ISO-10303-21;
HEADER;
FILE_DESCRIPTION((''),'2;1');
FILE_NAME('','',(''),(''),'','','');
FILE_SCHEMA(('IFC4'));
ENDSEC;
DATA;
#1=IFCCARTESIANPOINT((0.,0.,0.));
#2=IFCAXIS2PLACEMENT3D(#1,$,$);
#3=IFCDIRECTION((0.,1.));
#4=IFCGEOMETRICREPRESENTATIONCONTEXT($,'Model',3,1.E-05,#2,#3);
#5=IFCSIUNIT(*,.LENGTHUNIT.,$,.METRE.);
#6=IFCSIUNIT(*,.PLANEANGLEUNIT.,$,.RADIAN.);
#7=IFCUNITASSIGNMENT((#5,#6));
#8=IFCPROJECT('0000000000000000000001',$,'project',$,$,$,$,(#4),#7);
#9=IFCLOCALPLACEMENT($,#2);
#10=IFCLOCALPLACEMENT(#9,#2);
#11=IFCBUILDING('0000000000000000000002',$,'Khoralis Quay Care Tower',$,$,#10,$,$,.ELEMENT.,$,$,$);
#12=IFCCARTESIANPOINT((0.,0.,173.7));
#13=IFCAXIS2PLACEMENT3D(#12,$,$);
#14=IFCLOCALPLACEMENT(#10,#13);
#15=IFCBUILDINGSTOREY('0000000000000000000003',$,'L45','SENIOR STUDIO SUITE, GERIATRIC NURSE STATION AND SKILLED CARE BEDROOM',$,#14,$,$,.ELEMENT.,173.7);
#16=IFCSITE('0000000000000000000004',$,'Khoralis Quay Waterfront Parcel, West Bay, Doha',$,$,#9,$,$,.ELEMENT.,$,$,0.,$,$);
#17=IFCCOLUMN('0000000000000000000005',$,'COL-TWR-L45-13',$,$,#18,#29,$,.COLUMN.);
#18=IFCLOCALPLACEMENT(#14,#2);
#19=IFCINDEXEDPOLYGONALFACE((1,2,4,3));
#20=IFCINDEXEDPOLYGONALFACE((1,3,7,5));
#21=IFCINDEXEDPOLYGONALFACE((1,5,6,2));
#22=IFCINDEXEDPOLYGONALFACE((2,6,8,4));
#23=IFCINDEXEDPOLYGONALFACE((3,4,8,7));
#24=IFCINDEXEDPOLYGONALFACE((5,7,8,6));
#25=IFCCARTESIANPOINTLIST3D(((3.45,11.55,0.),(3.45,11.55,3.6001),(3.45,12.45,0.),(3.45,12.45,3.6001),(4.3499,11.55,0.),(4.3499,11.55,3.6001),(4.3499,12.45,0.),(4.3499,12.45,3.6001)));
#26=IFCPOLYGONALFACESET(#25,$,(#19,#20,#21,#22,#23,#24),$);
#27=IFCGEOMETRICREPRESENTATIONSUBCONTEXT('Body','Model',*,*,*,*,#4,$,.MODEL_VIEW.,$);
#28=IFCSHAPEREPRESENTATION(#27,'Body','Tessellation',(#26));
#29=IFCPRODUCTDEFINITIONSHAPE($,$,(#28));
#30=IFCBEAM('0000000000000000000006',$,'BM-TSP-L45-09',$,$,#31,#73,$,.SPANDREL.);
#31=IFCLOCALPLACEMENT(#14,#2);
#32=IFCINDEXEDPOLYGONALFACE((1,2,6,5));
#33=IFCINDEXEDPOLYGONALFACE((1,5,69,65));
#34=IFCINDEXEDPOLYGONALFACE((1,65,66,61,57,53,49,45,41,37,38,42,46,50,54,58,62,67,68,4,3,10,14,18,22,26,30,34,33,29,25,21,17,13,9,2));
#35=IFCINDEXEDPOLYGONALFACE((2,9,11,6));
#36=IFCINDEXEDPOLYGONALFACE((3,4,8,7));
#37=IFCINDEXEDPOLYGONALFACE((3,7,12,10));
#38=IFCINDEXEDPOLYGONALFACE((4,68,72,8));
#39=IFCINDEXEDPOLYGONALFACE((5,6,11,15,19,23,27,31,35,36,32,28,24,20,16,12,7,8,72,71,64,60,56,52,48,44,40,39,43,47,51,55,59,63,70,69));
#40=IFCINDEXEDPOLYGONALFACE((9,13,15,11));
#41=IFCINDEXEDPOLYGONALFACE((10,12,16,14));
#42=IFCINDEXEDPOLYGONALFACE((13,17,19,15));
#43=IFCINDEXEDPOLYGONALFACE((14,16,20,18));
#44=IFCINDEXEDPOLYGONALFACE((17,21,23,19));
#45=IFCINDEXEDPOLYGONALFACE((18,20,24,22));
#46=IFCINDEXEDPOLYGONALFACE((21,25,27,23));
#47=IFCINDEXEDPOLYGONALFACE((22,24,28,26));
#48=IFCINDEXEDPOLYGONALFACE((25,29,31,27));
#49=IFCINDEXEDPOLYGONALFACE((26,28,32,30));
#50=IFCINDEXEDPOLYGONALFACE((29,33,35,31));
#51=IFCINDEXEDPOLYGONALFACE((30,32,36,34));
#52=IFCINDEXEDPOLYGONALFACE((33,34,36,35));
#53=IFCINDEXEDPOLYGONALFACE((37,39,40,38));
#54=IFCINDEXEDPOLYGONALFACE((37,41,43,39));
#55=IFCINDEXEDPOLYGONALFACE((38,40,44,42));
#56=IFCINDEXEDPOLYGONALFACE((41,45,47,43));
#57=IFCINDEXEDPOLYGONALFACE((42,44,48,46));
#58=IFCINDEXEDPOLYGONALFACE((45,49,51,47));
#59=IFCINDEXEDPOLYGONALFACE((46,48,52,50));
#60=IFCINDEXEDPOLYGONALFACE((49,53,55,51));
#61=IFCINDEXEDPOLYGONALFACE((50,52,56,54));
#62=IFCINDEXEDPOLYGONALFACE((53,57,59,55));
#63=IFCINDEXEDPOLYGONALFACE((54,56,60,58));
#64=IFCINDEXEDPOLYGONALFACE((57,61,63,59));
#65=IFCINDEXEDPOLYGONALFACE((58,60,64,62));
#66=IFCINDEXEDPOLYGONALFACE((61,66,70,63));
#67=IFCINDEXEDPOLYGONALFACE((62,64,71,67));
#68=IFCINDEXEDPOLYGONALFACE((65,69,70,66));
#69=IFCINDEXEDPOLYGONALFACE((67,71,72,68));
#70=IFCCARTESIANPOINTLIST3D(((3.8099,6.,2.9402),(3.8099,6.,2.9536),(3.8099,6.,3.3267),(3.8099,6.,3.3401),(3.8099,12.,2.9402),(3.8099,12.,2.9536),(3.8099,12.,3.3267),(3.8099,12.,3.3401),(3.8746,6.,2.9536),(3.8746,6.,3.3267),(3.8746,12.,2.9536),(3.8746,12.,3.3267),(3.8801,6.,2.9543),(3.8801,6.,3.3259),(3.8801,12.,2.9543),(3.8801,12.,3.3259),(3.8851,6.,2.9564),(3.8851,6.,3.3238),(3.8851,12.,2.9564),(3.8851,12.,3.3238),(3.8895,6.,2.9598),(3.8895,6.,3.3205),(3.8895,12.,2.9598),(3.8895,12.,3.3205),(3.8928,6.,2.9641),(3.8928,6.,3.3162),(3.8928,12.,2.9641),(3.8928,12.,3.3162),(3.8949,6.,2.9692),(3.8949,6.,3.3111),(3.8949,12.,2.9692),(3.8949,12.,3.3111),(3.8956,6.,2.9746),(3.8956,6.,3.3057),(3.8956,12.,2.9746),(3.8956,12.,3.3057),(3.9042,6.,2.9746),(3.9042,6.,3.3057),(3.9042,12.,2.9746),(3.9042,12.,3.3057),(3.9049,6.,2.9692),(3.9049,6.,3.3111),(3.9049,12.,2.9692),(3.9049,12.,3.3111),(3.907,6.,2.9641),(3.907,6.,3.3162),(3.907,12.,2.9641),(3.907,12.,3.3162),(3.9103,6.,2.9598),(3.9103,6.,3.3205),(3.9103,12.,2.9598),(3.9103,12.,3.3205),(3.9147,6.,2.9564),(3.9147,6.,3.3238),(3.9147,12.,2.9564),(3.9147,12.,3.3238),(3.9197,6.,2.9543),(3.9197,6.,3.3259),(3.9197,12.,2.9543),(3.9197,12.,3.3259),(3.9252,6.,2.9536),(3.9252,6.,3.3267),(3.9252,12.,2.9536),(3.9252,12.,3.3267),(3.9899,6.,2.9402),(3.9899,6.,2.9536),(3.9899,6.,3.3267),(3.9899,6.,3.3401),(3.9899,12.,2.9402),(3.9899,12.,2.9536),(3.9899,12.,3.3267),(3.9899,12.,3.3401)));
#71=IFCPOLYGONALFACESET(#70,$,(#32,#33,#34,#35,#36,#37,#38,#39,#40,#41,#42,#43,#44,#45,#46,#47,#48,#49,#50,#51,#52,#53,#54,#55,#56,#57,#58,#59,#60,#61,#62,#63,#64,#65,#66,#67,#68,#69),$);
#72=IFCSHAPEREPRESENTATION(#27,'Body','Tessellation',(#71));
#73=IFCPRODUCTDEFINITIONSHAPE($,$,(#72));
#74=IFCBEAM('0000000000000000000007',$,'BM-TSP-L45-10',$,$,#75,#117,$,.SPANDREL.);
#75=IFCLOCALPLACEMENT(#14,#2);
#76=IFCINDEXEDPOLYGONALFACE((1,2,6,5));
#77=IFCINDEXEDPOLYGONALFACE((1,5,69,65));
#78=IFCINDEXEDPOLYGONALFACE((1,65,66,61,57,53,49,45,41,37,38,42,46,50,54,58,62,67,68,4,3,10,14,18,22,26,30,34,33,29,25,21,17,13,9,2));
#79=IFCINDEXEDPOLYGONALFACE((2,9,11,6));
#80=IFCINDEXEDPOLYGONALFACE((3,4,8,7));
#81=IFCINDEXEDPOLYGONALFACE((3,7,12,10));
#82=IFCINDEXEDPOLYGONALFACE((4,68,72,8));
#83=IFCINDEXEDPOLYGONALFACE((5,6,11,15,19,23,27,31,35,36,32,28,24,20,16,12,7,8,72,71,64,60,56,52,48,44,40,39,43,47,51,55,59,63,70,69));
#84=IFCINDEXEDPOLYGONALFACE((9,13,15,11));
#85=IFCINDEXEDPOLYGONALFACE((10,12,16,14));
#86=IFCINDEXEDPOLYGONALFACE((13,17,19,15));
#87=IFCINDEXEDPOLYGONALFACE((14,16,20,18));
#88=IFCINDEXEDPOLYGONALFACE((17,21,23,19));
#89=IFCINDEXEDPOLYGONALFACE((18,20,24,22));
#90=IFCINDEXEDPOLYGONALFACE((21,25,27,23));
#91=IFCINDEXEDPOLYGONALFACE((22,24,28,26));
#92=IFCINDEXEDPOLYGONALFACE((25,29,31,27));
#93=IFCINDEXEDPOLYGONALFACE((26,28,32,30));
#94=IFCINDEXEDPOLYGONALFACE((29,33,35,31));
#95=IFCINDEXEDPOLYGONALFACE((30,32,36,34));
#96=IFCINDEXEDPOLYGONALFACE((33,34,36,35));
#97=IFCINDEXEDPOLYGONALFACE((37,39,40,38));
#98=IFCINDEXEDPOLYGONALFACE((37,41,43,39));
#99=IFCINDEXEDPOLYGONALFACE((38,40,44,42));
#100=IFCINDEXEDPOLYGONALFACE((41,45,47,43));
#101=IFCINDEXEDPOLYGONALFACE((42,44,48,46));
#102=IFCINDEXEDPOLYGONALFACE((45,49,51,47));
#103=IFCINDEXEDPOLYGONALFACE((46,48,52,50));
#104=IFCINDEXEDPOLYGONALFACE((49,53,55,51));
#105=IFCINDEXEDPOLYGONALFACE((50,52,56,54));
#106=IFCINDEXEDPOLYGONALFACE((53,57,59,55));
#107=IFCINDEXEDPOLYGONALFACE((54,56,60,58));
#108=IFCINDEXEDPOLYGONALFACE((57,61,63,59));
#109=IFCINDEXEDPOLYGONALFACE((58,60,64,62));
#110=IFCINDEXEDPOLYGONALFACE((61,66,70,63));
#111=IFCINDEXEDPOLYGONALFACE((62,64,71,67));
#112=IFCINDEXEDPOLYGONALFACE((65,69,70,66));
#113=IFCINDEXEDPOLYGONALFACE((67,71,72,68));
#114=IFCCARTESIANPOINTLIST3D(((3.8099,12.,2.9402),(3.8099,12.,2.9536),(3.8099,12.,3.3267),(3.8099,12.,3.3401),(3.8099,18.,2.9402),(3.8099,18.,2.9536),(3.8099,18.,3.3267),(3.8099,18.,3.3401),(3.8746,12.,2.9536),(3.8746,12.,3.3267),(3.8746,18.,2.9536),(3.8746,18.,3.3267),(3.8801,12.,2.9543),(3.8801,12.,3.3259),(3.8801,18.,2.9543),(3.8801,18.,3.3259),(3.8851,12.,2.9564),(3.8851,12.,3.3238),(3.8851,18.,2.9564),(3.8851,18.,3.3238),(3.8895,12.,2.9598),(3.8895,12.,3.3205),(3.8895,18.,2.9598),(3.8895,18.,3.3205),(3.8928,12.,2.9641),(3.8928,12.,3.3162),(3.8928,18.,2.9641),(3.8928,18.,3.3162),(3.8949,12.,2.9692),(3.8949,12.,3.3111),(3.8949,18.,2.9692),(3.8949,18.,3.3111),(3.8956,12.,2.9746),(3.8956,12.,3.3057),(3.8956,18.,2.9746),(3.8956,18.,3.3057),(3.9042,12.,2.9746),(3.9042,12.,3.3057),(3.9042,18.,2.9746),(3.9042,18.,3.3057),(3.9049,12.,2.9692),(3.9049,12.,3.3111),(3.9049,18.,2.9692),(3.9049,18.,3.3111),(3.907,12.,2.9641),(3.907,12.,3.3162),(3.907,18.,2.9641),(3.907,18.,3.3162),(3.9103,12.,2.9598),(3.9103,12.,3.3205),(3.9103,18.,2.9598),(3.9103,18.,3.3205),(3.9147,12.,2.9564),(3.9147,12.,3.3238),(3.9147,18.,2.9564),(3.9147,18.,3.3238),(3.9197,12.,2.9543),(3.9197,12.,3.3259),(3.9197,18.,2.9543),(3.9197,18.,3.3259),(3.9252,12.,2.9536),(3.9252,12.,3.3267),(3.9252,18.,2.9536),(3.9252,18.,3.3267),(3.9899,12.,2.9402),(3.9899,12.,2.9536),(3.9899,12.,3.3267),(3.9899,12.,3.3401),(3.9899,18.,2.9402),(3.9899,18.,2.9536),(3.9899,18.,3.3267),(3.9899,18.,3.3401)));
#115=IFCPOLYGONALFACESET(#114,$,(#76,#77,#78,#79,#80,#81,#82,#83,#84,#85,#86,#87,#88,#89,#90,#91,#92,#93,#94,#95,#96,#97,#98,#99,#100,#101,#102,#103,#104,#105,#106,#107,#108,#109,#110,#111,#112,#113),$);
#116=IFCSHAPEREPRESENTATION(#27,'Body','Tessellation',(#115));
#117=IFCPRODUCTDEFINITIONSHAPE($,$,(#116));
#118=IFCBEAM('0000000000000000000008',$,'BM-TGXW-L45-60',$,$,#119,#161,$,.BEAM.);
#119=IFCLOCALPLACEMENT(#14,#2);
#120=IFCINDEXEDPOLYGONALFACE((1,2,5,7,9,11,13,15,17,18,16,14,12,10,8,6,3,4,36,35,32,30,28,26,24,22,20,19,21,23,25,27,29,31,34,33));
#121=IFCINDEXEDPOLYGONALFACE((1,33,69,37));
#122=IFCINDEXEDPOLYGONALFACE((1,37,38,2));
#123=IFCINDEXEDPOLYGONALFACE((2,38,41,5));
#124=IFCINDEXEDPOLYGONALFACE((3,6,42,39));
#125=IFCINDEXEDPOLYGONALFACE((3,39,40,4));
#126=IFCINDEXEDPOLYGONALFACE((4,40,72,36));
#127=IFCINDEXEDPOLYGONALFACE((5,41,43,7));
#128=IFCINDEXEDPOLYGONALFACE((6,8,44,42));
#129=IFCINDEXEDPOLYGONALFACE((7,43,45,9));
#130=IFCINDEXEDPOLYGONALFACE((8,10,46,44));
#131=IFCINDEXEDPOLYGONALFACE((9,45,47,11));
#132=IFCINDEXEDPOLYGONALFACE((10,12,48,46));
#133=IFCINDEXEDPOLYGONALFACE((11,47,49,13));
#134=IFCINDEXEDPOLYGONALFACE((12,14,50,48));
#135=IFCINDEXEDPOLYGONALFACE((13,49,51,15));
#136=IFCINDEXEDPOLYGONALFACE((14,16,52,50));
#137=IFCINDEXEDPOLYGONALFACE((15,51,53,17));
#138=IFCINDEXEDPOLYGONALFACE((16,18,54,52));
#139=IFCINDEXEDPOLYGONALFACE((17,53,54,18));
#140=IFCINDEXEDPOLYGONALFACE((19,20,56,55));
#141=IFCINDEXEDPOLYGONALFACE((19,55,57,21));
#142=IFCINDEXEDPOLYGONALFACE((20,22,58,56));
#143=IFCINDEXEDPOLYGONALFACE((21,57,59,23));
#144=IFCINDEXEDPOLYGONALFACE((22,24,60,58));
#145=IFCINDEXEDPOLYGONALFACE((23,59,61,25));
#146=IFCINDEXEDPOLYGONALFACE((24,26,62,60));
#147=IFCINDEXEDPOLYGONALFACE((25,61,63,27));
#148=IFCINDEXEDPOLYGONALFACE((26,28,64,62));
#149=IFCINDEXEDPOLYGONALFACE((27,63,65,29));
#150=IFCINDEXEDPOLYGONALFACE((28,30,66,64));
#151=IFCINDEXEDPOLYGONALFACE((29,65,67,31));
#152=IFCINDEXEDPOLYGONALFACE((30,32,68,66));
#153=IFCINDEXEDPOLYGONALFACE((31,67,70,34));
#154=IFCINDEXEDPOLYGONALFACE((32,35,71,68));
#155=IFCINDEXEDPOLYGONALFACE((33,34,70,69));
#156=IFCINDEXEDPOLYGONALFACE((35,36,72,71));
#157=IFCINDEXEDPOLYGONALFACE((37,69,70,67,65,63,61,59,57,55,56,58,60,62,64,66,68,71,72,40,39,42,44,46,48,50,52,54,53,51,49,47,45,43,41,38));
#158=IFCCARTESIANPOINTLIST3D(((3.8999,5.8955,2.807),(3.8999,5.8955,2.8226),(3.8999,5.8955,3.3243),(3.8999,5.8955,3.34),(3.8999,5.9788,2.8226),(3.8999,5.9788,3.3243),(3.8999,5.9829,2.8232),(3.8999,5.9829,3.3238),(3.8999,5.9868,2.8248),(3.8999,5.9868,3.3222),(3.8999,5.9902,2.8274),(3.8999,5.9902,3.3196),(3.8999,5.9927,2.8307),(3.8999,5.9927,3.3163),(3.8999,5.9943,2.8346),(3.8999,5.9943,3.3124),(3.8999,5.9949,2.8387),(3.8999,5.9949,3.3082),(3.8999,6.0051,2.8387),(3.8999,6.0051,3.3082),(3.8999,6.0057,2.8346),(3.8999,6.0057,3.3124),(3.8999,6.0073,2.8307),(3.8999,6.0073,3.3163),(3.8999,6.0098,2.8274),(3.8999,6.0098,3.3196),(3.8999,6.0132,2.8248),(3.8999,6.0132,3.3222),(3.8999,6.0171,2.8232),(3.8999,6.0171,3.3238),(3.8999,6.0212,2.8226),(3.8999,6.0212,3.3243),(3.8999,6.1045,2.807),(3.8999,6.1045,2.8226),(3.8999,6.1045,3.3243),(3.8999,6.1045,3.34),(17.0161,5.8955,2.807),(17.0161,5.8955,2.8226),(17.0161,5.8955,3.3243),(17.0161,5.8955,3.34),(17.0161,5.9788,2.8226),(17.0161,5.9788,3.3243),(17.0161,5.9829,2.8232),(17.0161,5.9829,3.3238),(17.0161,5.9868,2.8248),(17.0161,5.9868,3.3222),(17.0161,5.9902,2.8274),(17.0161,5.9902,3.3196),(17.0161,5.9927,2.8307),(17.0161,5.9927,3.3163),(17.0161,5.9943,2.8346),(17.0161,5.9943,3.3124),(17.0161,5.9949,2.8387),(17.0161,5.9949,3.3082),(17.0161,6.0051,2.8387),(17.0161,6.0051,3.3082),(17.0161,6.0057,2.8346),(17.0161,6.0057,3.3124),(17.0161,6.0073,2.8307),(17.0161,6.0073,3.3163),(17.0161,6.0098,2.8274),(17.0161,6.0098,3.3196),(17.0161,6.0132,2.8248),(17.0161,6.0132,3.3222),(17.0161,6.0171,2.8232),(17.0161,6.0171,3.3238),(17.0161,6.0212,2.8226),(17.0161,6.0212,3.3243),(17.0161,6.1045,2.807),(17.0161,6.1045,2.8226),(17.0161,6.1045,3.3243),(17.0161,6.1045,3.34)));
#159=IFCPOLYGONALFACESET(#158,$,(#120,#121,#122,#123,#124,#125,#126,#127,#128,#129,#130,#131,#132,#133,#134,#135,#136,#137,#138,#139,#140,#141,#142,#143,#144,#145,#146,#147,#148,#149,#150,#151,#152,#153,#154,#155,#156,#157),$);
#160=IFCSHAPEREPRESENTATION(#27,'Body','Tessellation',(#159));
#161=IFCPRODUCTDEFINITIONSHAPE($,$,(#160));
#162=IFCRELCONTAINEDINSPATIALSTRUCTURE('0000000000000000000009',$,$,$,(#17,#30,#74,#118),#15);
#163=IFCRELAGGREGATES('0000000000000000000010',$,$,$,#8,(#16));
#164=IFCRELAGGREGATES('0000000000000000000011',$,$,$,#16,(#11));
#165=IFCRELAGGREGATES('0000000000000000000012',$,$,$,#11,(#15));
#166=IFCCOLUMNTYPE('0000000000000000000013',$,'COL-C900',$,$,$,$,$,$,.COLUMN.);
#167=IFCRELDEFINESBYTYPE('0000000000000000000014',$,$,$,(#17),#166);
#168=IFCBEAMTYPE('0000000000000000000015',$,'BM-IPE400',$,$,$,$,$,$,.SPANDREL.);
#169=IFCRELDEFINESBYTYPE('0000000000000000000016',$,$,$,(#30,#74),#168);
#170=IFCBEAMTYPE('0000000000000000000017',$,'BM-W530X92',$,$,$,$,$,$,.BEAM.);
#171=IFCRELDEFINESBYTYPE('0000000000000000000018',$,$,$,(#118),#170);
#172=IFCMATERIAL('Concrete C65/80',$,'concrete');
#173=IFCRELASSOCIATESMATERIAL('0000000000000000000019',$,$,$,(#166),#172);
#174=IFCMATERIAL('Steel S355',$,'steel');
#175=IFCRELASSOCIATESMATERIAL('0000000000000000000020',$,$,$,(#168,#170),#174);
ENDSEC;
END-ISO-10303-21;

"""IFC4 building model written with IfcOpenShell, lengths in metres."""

from ifc_helpers import new_model, si_unit, direction, frame, origin, origin_2d, place, context, subcontext, project, spatial, rectangle, i_section, extrude, source, transform, mapped, material, material_profile, profile_set, type_object, element, save


model = new_model("IFC4")

# Units and contexts
model_context = context("Model", 3, precision=1e-05, world=origin(), true_north=direction((0.0, 1.0)))
body_context = subcontext(model_context, "Body", "Model", "MODEL_VIEW")
ifc_project = project(units=[si_unit("LENGTHUNIT", "METRE"), si_unit("PLANEANGLEUNIT", "RADIAN")], contexts=[model_context])

# Site, building, storey
site_placement = place(None, origin())
site = spatial("IfcSite", under=ifc_project, at=site_placement, Name="Khoralis Quay Waterfront Parcel, West Bay, Doha", CompositionType="ELEMENT", RefElevation=0.0)
building_placement = place(site_placement, origin())
building = spatial("IfcBuilding", under=site, at=building_placement, Name="Khoralis Quay Care Tower", CompositionType="ELEMENT")
storey_placement = place(building_placement, frame((0.0, 0.0, 173.7)))
storey = spatial("IfcBuildingStorey", under=building, at=storey_placement, Name="L45", Description="SENIOR STUDIO SUITE, GERIATRIC NURSE STATION AND SKILLED CARE BEDROOM", CompositionType="ELEMENT", Elevation=173.7)

# Column
ifc_material_1 = material(Name="Concrete C65/80", Category="concrete")
ifc_material_profile_1 = material_profile(ifc_material_1, rectangle(XDim=0.8999, YDim=0.8999, at=origin_2d()), Name="Concrete C65/80")
ifc_profile_set_1 = profile_set([ifc_material_profile_1], Name="Concrete C65/80")
column_type = type_object("IfcColumnType", Name="COL-C900", PredefinedType="COLUMN", material=ifc_profile_set_1)
shared_shape_1 = source(origin(), body_context, "Body", "SweptSolid", [
    extrude(rectangle(XDim=0.8999, YDim=0.8999, at=origin_2d()), origin(), (0.0, 0.0, 1.0), 3.6001),
])
column_placement = place(storey_placement, frame((3.8999, 12.0, 0.0), z_axis=(0.0, 0.0, 1.0), x_axis=(1.0, 0.0, 0.0)))
element("IfcColumn", 1, at=column_placement, inside=storey, type_object=column_type, Name="COL-TWR-L45-13", PredefinedType="COLUMN", context=body_context, shape_type="MappedRepresentation", body=[
    mapped(shared_shape_1, transform((0.0, 0.0, 0.0), scale=1.0)),
])

# Beams
ifc_material_2 = material(Name="Steel S355", Category="steel")
ifc_material_profile_2 = material_profile(ifc_material_2, i_section(OverallWidth=0.1799, OverallDepth=0.3999, WebThickness=0.0085, FlangeThickness=0.0134, FilletRadius=0.021, at=origin_2d()), Name="Steel S355")
ifc_profile_set_2 = profile_set([ifc_material_profile_2], Name="Steel S355")
beam_type_1 = type_object("IfcBeamType", Name="BM-IPE400", PredefinedType="SPANDREL", material=ifc_profile_set_2)
shared_shape_2 = source(origin(), body_context, "Body", "SweptSolid", [
    extrude(i_section(OverallWidth=0.1799, OverallDepth=0.3999, WebThickness=0.0085, FlangeThickness=0.0134, FilletRadius=0.021, at=origin_2d()), origin(), (0.0, 0.0, 1.0), 6.0),
])
for number, where, z_axis, x_axis, name in (
    (2, (3.8999, 6.0, 3.1401), (0.0, 1.0, 0.0), (-1.0, 0.0, 0.0), "BM-TSP-L45-09"),
    (3, (3.8999, 12.0, 3.1401), (0.0, 1.0, 0.0), (-1.0, 0.0, 0.0), "BM-TSP-L45-10"),
):
    element("IfcBeam", number, at=place(storey_placement, frame(where, z_axis=z_axis, x_axis=x_axis)), inside=storey, type_object=beam_type_1, Name=name, PredefinedType="SPANDREL", context=body_context, shape_type="MappedRepresentation", body=[
        mapped(shared_shape_2, transform((0.0, 0.0, 0.0), scale=1.0)),
    ])
ifc_material_profile_3 = material_profile(ifc_material_2, i_section(OverallWidth=0.209, OverallDepth=0.533, WebThickness=0.0103, FlangeThickness=0.0156, FilletRadius=0.0161, at=origin_2d()), Name="Steel S355")
ifc_profile_set_3 = profile_set([ifc_material_profile_3], Name="Steel S355")
beam_type_2 = type_object("IfcBeamType", Name="BM-W530X92", PredefinedType="BEAM", material=ifc_profile_set_3)
shared_shape_3 = source(origin(), body_context, "Body", "SweptSolid", [
    extrude(i_section(OverallWidth=0.209, OverallDepth=0.533, WebThickness=0.0103, FlangeThickness=0.0156, FilletRadius=0.0161, at=origin_2d()), origin(), (0.0, 0.0, 1.0), 13.1162),
])
beam_1_placement = place(storey_placement, frame((3.8999, 6.0, 3.0735), z_axis=(1.0, 0.0, 0.0), x_axis=(0.0, 1.0, 0.0)))
element("IfcBeam", 4, at=beam_1_placement, inside=storey, type_object=beam_type_2, Name="BM-TGXW-L45-60", PredefinedType="BEAM", context=body_context, shape_type="MappedRepresentation", body=[
    mapped(shared_shape_3, transform((0.0, 0.0, 0.0), scale=1.0)),
])

save(model, "model.ifc")
